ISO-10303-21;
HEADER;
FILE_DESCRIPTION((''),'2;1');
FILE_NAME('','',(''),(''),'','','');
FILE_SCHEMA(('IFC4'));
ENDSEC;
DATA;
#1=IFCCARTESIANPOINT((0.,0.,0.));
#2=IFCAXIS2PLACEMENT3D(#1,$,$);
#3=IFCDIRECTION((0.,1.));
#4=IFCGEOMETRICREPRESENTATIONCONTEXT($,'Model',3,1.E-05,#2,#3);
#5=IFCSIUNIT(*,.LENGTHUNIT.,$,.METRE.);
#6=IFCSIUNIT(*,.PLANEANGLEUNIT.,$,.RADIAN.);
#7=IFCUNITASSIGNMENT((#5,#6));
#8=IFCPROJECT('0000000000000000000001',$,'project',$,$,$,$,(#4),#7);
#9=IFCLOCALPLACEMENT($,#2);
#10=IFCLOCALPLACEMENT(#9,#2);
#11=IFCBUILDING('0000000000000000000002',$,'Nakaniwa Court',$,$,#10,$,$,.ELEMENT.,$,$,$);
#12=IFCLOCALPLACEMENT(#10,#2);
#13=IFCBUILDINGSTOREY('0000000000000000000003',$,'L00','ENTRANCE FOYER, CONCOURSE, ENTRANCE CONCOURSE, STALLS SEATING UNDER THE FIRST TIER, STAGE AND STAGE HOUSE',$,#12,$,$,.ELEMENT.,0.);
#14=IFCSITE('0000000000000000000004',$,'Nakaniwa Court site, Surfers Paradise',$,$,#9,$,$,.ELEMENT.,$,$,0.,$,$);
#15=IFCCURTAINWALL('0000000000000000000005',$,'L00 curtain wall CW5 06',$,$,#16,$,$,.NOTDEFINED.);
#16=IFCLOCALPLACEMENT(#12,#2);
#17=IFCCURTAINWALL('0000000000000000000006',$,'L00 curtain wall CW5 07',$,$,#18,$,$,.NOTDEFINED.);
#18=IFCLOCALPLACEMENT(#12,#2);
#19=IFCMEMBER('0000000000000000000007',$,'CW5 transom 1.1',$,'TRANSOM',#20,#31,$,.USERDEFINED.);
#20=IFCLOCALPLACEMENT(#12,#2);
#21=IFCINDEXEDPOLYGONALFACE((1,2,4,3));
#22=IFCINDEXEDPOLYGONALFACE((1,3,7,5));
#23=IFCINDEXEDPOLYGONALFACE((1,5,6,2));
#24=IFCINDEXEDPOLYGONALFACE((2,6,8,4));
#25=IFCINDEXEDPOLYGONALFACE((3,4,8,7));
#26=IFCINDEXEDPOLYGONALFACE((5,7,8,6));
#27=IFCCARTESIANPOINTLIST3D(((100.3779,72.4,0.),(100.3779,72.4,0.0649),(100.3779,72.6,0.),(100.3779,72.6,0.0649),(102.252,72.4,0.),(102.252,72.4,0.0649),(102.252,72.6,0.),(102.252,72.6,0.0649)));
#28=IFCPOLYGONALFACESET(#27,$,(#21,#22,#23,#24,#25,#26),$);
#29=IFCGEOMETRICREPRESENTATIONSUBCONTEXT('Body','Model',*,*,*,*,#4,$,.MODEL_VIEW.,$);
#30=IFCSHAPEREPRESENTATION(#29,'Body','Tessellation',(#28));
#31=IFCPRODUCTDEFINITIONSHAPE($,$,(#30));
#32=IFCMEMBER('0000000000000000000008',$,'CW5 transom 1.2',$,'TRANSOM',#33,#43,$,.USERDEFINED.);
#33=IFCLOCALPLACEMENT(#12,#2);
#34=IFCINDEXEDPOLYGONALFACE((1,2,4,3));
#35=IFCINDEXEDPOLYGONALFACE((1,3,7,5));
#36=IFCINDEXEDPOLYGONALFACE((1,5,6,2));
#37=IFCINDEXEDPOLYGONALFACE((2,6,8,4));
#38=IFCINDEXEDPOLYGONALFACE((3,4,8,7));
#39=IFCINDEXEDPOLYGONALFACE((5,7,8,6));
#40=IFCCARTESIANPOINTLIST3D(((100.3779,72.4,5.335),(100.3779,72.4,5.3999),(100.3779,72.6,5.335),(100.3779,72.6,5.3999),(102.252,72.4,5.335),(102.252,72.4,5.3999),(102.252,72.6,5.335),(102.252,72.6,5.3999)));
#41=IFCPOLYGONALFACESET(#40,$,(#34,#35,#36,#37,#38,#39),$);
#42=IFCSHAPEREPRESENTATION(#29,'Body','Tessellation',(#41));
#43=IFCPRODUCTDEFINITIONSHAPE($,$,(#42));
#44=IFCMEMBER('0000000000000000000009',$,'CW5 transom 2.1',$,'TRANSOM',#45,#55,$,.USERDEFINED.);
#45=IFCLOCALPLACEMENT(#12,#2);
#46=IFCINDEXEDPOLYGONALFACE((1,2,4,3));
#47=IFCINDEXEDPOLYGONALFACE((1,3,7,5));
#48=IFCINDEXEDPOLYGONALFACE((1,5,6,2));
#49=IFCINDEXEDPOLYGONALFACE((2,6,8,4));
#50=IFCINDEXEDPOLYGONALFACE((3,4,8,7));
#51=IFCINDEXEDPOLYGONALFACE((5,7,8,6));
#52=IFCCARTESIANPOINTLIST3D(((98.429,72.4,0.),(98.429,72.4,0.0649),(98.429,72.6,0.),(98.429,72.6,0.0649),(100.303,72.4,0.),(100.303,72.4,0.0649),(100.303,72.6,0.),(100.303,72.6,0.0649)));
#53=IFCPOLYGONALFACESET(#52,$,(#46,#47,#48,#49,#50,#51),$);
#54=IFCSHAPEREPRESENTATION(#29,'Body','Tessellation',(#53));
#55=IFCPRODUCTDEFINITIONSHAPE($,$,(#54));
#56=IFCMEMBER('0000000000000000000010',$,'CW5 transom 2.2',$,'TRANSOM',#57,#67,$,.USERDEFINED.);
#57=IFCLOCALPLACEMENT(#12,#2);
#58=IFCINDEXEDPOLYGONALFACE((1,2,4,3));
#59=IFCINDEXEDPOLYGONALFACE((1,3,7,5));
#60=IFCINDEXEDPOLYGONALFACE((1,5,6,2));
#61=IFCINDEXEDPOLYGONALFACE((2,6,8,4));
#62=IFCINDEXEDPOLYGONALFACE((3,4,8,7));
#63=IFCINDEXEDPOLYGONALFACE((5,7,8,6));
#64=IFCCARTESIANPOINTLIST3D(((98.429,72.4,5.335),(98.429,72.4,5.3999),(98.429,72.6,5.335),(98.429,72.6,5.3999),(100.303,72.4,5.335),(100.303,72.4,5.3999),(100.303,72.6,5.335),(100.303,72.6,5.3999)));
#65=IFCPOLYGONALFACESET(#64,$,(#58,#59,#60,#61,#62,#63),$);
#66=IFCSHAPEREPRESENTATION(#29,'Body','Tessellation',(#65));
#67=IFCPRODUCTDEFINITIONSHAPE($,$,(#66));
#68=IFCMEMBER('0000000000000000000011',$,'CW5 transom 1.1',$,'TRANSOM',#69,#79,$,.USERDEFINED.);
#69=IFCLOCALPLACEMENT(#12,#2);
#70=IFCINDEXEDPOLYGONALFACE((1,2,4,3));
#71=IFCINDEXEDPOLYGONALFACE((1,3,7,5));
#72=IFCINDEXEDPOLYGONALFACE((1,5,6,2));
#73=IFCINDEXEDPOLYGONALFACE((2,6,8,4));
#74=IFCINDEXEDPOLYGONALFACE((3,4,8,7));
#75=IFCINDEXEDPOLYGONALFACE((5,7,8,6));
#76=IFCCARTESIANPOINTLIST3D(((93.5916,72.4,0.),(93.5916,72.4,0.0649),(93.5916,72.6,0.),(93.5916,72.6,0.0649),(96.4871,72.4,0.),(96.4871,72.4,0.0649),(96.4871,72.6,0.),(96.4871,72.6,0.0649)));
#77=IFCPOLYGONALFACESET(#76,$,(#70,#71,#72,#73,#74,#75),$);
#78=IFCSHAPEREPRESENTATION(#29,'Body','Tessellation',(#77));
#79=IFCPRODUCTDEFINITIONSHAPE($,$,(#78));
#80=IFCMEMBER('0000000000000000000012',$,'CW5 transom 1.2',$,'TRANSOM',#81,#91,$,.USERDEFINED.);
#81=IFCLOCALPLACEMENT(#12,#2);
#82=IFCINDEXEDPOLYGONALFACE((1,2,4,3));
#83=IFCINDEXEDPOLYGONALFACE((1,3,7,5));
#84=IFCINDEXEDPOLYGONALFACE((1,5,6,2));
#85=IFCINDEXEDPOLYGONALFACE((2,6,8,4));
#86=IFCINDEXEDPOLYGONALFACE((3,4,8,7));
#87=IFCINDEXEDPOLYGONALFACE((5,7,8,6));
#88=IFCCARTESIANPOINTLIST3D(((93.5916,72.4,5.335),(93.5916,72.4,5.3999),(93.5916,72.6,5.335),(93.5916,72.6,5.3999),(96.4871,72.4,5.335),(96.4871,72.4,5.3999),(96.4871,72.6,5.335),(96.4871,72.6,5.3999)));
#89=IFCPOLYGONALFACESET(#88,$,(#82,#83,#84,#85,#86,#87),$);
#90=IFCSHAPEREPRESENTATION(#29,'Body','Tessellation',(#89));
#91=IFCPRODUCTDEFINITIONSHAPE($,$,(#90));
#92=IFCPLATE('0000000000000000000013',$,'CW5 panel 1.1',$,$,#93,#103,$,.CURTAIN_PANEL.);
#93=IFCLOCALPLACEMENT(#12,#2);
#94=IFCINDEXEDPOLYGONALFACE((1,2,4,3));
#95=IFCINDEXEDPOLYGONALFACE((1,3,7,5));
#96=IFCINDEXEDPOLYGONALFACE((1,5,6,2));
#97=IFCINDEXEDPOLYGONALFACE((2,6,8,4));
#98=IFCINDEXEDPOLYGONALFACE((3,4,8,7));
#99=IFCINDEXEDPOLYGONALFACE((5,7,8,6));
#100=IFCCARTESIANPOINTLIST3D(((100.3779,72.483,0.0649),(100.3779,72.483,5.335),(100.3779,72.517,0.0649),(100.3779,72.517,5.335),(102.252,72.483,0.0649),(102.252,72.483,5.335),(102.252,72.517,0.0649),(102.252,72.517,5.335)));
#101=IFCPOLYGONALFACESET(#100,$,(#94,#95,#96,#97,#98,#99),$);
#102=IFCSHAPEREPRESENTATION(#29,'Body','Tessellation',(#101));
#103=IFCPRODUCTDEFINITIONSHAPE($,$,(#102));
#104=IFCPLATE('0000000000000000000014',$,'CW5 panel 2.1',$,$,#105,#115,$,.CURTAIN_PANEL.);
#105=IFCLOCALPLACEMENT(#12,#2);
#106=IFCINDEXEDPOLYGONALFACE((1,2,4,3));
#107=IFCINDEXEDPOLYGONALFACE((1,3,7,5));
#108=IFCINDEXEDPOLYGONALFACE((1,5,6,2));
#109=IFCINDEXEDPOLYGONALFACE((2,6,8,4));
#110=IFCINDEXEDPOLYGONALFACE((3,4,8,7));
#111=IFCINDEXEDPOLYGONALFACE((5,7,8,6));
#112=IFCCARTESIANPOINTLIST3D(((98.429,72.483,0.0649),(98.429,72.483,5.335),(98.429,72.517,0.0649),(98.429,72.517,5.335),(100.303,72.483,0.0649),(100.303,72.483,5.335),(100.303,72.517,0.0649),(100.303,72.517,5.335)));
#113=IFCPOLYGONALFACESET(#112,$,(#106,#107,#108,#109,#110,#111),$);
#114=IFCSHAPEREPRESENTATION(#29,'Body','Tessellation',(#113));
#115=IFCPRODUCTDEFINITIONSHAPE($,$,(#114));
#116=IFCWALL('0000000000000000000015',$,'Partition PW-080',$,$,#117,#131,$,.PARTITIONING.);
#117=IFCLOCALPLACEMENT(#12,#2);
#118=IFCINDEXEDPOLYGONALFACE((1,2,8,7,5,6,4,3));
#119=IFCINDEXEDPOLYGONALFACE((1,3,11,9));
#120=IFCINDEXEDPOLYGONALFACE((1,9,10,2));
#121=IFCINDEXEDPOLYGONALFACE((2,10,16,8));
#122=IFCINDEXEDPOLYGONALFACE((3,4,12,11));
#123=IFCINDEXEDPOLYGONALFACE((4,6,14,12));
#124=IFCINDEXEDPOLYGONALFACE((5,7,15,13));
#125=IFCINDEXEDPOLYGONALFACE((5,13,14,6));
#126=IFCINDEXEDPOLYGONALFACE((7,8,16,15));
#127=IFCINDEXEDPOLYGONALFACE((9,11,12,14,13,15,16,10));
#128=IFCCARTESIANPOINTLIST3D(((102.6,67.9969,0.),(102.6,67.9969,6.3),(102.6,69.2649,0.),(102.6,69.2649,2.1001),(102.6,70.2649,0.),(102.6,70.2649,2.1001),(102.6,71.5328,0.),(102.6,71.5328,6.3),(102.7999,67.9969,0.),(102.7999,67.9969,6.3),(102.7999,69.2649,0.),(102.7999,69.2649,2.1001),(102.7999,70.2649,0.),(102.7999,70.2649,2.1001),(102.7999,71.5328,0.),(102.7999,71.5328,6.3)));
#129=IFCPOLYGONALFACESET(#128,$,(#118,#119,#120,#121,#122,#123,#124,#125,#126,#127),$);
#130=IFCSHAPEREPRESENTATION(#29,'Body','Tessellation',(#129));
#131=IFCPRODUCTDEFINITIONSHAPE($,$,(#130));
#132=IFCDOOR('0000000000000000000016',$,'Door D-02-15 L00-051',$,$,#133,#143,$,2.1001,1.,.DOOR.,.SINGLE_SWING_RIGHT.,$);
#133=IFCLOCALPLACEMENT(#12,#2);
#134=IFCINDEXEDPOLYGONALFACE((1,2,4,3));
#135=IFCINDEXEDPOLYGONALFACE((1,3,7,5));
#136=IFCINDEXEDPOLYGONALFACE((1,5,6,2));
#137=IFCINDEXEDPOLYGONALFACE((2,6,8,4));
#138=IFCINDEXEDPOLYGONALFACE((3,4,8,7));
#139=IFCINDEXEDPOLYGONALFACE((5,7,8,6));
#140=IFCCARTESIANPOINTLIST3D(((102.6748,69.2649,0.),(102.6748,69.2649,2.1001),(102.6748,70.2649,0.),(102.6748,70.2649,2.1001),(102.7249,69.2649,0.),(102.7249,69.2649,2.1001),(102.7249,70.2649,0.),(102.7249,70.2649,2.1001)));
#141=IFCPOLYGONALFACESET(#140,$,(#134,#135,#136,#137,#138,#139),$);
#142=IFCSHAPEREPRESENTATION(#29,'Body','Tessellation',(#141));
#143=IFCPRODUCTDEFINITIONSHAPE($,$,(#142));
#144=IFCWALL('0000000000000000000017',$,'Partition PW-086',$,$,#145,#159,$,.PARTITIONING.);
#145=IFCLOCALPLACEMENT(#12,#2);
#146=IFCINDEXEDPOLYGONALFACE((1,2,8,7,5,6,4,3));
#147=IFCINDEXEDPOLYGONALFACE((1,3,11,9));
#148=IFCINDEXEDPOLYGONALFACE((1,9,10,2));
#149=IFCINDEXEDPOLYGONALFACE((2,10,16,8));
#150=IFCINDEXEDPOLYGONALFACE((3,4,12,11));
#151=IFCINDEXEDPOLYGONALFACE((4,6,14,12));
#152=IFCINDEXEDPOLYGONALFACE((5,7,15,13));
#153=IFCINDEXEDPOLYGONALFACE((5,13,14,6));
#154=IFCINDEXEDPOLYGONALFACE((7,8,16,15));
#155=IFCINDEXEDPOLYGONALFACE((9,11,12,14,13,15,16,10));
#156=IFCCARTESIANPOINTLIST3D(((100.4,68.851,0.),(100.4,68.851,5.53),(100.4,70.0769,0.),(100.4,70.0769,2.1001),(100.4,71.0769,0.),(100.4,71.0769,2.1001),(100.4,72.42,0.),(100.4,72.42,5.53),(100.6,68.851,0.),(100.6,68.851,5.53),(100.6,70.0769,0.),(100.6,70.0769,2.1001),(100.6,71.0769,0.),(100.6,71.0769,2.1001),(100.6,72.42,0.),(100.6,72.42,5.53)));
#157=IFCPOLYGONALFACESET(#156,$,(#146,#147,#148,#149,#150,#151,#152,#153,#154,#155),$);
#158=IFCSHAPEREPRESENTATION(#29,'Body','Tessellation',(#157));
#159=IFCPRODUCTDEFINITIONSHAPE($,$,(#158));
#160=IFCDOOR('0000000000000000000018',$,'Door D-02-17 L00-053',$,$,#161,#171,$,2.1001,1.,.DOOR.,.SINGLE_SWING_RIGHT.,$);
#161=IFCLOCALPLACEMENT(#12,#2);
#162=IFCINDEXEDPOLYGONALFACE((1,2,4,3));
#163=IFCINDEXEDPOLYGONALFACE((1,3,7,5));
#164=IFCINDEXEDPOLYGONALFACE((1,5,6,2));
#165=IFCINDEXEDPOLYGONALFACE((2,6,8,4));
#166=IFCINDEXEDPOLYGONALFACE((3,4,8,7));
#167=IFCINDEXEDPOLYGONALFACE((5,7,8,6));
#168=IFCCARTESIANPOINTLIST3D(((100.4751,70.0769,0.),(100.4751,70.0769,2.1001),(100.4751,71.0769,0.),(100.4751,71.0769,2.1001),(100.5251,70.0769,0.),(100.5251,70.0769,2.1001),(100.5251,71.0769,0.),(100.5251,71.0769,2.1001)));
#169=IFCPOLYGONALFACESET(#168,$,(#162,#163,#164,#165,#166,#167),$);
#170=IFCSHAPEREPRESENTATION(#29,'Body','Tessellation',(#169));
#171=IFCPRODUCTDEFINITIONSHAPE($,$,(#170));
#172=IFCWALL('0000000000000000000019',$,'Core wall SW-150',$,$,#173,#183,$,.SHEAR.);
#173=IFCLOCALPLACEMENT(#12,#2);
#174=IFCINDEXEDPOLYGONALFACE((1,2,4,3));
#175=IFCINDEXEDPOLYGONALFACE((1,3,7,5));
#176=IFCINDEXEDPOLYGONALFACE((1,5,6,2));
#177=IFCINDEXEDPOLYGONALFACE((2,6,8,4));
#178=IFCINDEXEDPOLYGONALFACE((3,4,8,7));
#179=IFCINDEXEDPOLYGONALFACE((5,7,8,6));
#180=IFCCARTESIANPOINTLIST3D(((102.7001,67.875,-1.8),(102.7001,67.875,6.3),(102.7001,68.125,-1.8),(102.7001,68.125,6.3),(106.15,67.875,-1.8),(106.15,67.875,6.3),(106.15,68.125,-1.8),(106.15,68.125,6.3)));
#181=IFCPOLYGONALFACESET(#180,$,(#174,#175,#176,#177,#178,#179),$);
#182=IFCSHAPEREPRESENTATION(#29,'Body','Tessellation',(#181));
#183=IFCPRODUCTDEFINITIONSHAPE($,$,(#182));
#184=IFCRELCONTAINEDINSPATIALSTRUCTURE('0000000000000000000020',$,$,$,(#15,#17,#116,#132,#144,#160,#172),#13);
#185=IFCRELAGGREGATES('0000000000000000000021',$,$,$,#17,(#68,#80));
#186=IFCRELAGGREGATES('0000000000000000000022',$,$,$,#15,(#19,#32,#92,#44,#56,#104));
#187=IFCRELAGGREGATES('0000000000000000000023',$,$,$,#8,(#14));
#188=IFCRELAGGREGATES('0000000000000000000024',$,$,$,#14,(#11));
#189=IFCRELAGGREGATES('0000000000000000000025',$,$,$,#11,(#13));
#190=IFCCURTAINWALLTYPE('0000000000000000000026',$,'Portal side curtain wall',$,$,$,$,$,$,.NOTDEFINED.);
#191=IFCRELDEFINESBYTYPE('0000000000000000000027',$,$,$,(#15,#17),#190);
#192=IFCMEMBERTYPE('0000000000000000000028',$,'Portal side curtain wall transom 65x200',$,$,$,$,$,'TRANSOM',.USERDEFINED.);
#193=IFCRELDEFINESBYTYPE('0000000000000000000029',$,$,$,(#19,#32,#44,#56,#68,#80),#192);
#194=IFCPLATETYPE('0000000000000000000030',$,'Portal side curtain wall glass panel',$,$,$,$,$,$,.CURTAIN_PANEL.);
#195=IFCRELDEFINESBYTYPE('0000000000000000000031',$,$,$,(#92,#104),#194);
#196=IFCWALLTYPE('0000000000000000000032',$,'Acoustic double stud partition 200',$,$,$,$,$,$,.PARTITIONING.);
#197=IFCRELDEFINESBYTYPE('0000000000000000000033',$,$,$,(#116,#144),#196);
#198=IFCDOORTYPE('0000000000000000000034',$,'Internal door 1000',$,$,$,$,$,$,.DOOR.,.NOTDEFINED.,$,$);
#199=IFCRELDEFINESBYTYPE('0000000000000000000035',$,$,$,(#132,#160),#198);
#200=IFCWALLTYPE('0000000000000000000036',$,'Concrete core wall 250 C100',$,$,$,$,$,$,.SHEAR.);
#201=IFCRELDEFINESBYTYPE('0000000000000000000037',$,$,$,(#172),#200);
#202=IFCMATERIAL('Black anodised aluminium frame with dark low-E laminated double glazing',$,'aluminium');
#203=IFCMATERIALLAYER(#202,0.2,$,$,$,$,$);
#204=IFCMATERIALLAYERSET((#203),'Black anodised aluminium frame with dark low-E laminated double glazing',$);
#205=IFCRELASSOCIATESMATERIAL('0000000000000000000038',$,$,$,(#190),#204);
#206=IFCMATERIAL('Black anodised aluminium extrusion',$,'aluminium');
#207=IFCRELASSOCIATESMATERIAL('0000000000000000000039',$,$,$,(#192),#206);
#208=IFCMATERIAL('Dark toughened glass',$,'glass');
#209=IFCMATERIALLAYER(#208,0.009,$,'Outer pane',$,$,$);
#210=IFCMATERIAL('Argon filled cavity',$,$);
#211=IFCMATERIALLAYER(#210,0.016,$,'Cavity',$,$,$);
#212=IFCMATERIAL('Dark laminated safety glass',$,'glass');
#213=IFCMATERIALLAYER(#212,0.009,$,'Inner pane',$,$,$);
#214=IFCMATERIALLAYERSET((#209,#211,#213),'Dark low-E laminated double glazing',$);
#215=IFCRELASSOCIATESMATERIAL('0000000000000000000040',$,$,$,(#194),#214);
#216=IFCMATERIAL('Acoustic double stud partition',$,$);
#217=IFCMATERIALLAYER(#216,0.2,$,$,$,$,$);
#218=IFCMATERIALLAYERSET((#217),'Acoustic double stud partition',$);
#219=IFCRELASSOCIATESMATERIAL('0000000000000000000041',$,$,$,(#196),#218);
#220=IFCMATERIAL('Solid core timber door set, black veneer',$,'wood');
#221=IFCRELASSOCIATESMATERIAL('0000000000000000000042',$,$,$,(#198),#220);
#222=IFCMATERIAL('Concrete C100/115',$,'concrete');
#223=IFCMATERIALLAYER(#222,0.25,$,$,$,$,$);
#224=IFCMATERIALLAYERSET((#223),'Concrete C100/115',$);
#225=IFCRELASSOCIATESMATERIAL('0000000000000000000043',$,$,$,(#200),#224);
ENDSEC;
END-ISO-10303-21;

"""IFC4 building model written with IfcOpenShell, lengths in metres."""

from ifc_helpers import new_model, si_unit, direction, frame, frame_2d, origin, origin_2d, place, context, subcontext, project, spatial, rectangle, extrude, material, layer, layer_set, material_profile, profile_set, type_object, element, fill, aggregate, save


model = new_model("IFC4")

# Units and contexts
model_context = context("Model", 3, precision=1e-05, world=origin(), true_north=direction((0.0, 1.0)))
body_context = subcontext(model_context, "Body", "Model", "MODEL_VIEW")
ifc_project = project(units=[si_unit("LENGTHUNIT", "METRE"), si_unit("PLANEANGLEUNIT", "RADIAN")], contexts=[model_context])

# Site, building, storey
site_placement = place(None, origin())
site = spatial("IfcSite", under=ifc_project, at=site_placement, Name="Nakaniwa Court site, Surfers Paradise", CompositionType="ELEMENT", RefElevation=0.0)
building_placement = place(site_placement, origin())
building = spatial("IfcBuilding", under=site, at=building_placement, Name="Nakaniwa Court", CompositionType="ELEMENT")
storey_placement = place(building_placement, origin())
storey = spatial("IfcBuildingStorey", under=building, at=storey_placement, Name="L00", Description="ENTRANCE FOYER, CONCOURSE, ENTRANCE CONCOURSE, STALLS SEATING UNDER THE FIRST TIER, STAGE AND STAGE HOUSE", CompositionType="ELEMENT", Elevation=0.0)

# Shared definitions
ifc_material_1 = material(Name="Concrete C100/115", Category="concrete")

# Curtain wall
ifc_material_2 = material(Name="Black anodised aluminium frame with dark low-E laminated double glazing", Category="aluminium")
ifc_layer_1 = layer(ifc_material_2, 0.2)
ifc_layer_set_1 = layer_set([ifc_layer_1], Name="Black anodised aluminium frame with dark low-E laminated double glazing")
curtain_wall_type = type_object("IfcCurtainWallType", Name="Portal side curtain wall", PredefinedType="NOTDEFINED", material=ifc_layer_set_1)
curtain_wall_1_placement = place(storey_placement, origin())
curtain_wall_1 = element("IfcCurtainWall", 1, at=curtain_wall_1_placement, inside=storey, type_object=curtain_wall_type, Name="L00 curtain wall CW5 06", PredefinedType="NOTDEFINED")
ifc_material_3 = material(Name="Black anodised aluminium extrusion", Category="aluminium")

# Curtain wall
curtain_wall_2_placement = place(storey_placement, origin())
curtain_wall_2 = element("IfcCurtainWall", 2, at=curtain_wall_2_placement, inside=storey, type_object=curtain_wall_type, Name="L00 curtain wall CW5 07", PredefinedType="NOTDEFINED")

# Members
ifc_material_profile_1 = material_profile(ifc_material_3, rectangle(XDim=0.2, YDim=0.0649, at=origin_2d()), Name="Portal side curtain wall transom 65x200")
ifc_profile_set_1 = profile_set([ifc_material_profile_1], Name="Black anodised aluminium extrusion")
member_type_1 = type_object("IfcMemberType", Name="Portal side curtain wall transom 65x200", ElementType="TRANSOM", PredefinedType="USERDEFINED", material=ifc_profile_set_1)
member_1_placement = place(storey_placement, frame((102.252, 72.5, 0.0325), z_axis=(-1.0, 0.0, 0.0), x_axis=(0.0, -1.0, 0.0)))
member_1 = element("IfcMember", 3, at=member_1_placement, type_object=member_type_1, Name="CW5 transom 1.1", ObjectType="TRANSOM", PredefinedType="USERDEFINED", context=body_context, shape_type="SweptSolid", body=[
    extrude(rectangle(XDim=0.2, YDim=0.0649, at=origin_2d()), origin(), (0.0, 0.0, 1.0), 1.874),
])
member_2_placement = place(storey_placement, frame((102.252, 72.5, 5.3674), z_axis=(-1.0, 0.0, 0.0), x_axis=(0.0, -1.0, 0.0)))
member_2 = element("IfcMember", 4, at=member_2_placement, type_object=member_type_1, Name="CW5 transom 1.2", ObjectType="TRANSOM", PredefinedType="USERDEFINED", context=body_context, shape_type="SweptSolid", body=[
    extrude(rectangle(XDim=0.2, YDim=0.0649, at=origin_2d()), origin(), (0.0, 0.0, 1.0), 1.874),
])
member_3_placement = place(storey_placement, frame((100.303, 72.5, 0.0325), z_axis=(-1.0, 0.0, 0.0), x_axis=(0.0, -1.0, 0.0)))
member_3 = element("IfcMember", 5, at=member_3_placement, type_object=member_type_1, Name="CW5 transom 2.1", ObjectType="TRANSOM", PredefinedType="USERDEFINED", context=body_context, shape_type="SweptSolid", body=[
    extrude(rectangle(XDim=0.2, YDim=0.0649, at=origin_2d()), origin(), (0.0, 0.0, 1.0), 1.874),
])
member_4_placement = place(storey_placement, frame((100.303, 72.5, 5.3674), z_axis=(-1.0, 0.0, 0.0), x_axis=(0.0, -1.0, 0.0)))
member_4 = element("IfcMember", 6, at=member_4_placement, type_object=member_type_1, Name="CW5 transom 2.2", ObjectType="TRANSOM", PredefinedType="USERDEFINED", context=body_context, shape_type="SweptSolid", body=[
    extrude(rectangle(XDim=0.2, YDim=0.0649, at=origin_2d()), origin(), (0.0, 0.0, 1.0), 1.874),
])
member_5_placement = place(storey_placement, frame((96.4871, 72.5, 0.0325), z_axis=(-1.0, 0.0, 0.0), x_axis=(0.0, -1.0, 0.0)))
member_5 = element("IfcMember", 7, at=member_5_placement, type_object=member_type_1, Name="CW5 transom 1.1", ObjectType="TRANSOM", PredefinedType="USERDEFINED", context=body_context, shape_type="SweptSolid", body=[
    extrude(rectangle(XDim=0.2, YDim=0.0649, at=origin_2d()), origin(), (0.0, 0.0, 1.0), 2.8955),
])
member_6_placement = place(storey_placement, frame((96.4871, 72.5, 5.3674), z_axis=(-1.0, 0.0, 0.0), x_axis=(0.0, -1.0, 0.0)))
member_6 = element("IfcMember", 8, at=member_6_placement, type_object=member_type_1, Name="CW5 transom 1.2", ObjectType="TRANSOM", PredefinedType="USERDEFINED", context=body_context, shape_type="SweptSolid", body=[
    extrude(rectangle(XDim=0.2, YDim=0.0649, at=origin_2d()), origin(), (0.0, 0.0, 1.0), 2.8955),
])
aggregate(curtain_wall_2, [member_5, member_6])

# Plates
ifc_material_4 = material(Name="Dark toughened glass", Category="glass")
ifc_layer_2 = layer(ifc_material_4, 0.009, Name="Outer pane")
ifc_material_5 = material(Name="Argon filled cavity")
ifc_layer_3 = layer(ifc_material_5, 0.016, Name="Cavity")
ifc_material_6 = material(Name="Dark laminated safety glass", Category="glass")
ifc_layer_4 = layer(ifc_material_6, 0.009, Name="Inner pane")
ifc_layer_set_2 = layer_set([ifc_layer_2, ifc_layer_3, ifc_layer_4], Name="Dark low-E laminated double glazing")
plate_type = type_object("IfcPlateType", Name="Portal side curtain wall glass panel", PredefinedType="CURTAIN_PANEL", material=ifc_layer_set_2)
plate_1_placement = place(storey_placement, frame((101.3149, 72.5, 0.0649), z_axis=(0.0, 0.0, 1.0), x_axis=(-1.0, 0.0, 0.0)))
plate_1 = element("IfcPlate", 9, at=plate_1_placement, type_object=plate_type, Name="CW5 panel 1.1", PredefinedType="CURTAIN_PANEL", context=body_context, shape_type="SweptSolid", body=[
    extrude(rectangle(XDim=1.874, YDim=0.0339, at=origin_2d()), origin(), (0.0, 0.0, 1.0), 5.27),
])
plate_2_placement = place(storey_placement, frame((99.366, 72.5, 0.0649), z_axis=(0.0, 0.0, 1.0), x_axis=(-1.0, 0.0, 0.0)))
plate_2 = element("IfcPlate", 10, at=plate_2_placement, type_object=plate_type, Name="CW5 panel 2.1", PredefinedType="CURTAIN_PANEL", context=body_context, shape_type="SweptSolid", body=[
    extrude(rectangle(XDim=1.874, YDim=0.0339, at=origin_2d()), origin(), (0.0, 0.0, 1.0), 5.27),
])
aggregate(curtain_wall_1, [member_1, member_2, plate_1, member_3, member_4, plate_2])

# Walls, openings, doors
ifc_material_7 = material(Name="Acoustic double stud partition")
ifc_layer_5 = layer(ifc_material_7, 0.2)
ifc_layer_set_3 = layer_set([ifc_layer_5], Name="Acoustic double stud partition")
wall_type_1 = type_object("IfcWallType", Name="Acoustic double stud partition 200", PredefinedType="PARTITIONING", material=ifc_layer_set_3)
wall_1_placement = place(storey_placement, frame((102.7, 71.533, 0.0), z_axis=(0.0, 0.0, 1.0), x_axis=(0.0, -1.0, 0.0)))
wall_1 = element("IfcWall", 11, at=wall_1_placement, inside=storey, type_object=wall_type_1, Name="Partition PW-080", PredefinedType="PARTITIONING", context=body_context, shape_type="SweptSolid", body=[
    extrude(rectangle(XDim=3.5359, YDim=0.2, at=frame_2d((1.7681, 0.0))), origin(), (0.0, 0.0, 1.0), 6.3),
])
opening_1_placement = place(wall_1_placement, frame((1.2681, 0.0, 0.0)))
opening_1 = element("IfcOpeningElement", 12, at=opening_1_placement, cuts=wall_1, PredefinedType="OPENING", context=body_context, shape_type="SweptSolid", body=[
    extrude(rectangle(XDim=1.0, YDim=2.1001, at=frame_2d((0.5, 1.05))), frame((0.0, 0.1099, 0.0), z_axis=(0.0, -1.0, 0.0), x_axis=(1.0, 0.0, 0.0)), (0.0, 0.0, 1.0), 0.22),
])
ifc_material_8 = material(Name="Solid core timber door set, black veneer", Category="wood")
door_type = type_object("IfcDoorType", Name="Internal door 1000", OperationType="NOTDEFINED", PredefinedType="DOOR", material=ifc_material_8)
door_1_placement = place(opening_1_placement, origin())
door_1 = element("IfcDoor", 13, at=door_1_placement, inside=storey, type_object=door_type, Name="Door D-02-15 L00-051", OperationType="SINGLE_SWING_RIGHT", OverallHeight=2.1001, OverallWidth=1.0, PredefinedType="DOOR", context=body_context, shape_type="SweptSolid", body=[
    extrude(rectangle(XDim=1.0, YDim=2.1001, at=frame_2d((0.5, 1.05))), frame((0.0, 0.0249, 0.0), z_axis=(0.0, -1.0, 0.0), x_axis=(1.0, 0.0, 0.0)), (0.0, 0.0, 1.0), 0.05),
])
fill(opening_1, door_1)
wall_2_placement = place(storey_placement, frame((100.5, 68.8508, 0.0), z_axis=(0.0, 0.0, 1.0), x_axis=(0.0, 1.0, 0.0)))
wall_2 = element("IfcWall", 14, at=wall_2_placement, inside=storey, type_object=wall_type_1, Name="Partition PW-086", PredefinedType="PARTITIONING", context=body_context, shape_type="SweptSolid", body=[
    extrude(rectangle(XDim=3.5691, YDim=0.2, at=frame_2d((1.7847, 0.0))), origin(), (0.0, 0.0, 1.0), 5.53),
])
opening_2_placement = place(wall_2_placement, frame((1.2261, 0.0, 0.0)))
opening_2 = element("IfcOpeningElement", 15, at=opening_2_placement, cuts=wall_2, PredefinedType="OPENING", context=body_context, shape_type="SweptSolid", body=[
    extrude(rectangle(XDim=1.0, YDim=2.1001, at=frame_2d((0.5, 1.05))), frame((0.0, 0.1099, 0.0), z_axis=(0.0, -1.0, 0.0), x_axis=(1.0, 0.0, 0.0)), (0.0, 0.0, 1.0), 0.22),
])
door_2_placement = place(opening_2_placement, origin())
door_2 = element("IfcDoor", 16, at=door_2_placement, inside=storey, type_object=door_type, Name="Door D-02-17 L00-053", OperationType="SINGLE_SWING_RIGHT", OverallHeight=2.1001, OverallWidth=1.0, PredefinedType="DOOR", context=body_context, shape_type="SweptSolid", body=[
    extrude(rectangle(XDim=1.0, YDim=2.1001, at=frame_2d((0.5, 1.05))), frame((0.0, 0.0249, 0.0), z_axis=(0.0, -1.0, 0.0), x_axis=(1.0, 0.0, 0.0)), (0.0, 0.0, 1.0), 0.05),
])
fill(opening_2, door_2)

# Wall
ifc_layer_6 = layer(ifc_material_1, 0.25)
ifc_layer_set_4 = layer_set([ifc_layer_6], Name="Concrete C100/115")
wall_type_2 = type_object("IfcWallType", Name="Concrete core wall 250 C100", PredefinedType="SHEAR", material=ifc_layer_set_4)
wall_3_placement = place(storey_placement, frame((102.7, 68.0, -1.8), z_axis=(0.0, 0.0, 1.0), x_axis=(1.0, 0.0, 0.0)))
element("IfcWall", 17, at=wall_3_placement, inside=storey, type_object=wall_type_2, Name="Core wall SW-150", PredefinedType="SHEAR", context=body_context, shape_type="SweptSolid", body=[
    extrude(rectangle(XDim=3.45, YDim=0.25, at=frame_2d((1.7251, 0.0))), origin(), (0.0, 0.0, 1.0), 8.1001),
])

save(model, "model.ifc")
